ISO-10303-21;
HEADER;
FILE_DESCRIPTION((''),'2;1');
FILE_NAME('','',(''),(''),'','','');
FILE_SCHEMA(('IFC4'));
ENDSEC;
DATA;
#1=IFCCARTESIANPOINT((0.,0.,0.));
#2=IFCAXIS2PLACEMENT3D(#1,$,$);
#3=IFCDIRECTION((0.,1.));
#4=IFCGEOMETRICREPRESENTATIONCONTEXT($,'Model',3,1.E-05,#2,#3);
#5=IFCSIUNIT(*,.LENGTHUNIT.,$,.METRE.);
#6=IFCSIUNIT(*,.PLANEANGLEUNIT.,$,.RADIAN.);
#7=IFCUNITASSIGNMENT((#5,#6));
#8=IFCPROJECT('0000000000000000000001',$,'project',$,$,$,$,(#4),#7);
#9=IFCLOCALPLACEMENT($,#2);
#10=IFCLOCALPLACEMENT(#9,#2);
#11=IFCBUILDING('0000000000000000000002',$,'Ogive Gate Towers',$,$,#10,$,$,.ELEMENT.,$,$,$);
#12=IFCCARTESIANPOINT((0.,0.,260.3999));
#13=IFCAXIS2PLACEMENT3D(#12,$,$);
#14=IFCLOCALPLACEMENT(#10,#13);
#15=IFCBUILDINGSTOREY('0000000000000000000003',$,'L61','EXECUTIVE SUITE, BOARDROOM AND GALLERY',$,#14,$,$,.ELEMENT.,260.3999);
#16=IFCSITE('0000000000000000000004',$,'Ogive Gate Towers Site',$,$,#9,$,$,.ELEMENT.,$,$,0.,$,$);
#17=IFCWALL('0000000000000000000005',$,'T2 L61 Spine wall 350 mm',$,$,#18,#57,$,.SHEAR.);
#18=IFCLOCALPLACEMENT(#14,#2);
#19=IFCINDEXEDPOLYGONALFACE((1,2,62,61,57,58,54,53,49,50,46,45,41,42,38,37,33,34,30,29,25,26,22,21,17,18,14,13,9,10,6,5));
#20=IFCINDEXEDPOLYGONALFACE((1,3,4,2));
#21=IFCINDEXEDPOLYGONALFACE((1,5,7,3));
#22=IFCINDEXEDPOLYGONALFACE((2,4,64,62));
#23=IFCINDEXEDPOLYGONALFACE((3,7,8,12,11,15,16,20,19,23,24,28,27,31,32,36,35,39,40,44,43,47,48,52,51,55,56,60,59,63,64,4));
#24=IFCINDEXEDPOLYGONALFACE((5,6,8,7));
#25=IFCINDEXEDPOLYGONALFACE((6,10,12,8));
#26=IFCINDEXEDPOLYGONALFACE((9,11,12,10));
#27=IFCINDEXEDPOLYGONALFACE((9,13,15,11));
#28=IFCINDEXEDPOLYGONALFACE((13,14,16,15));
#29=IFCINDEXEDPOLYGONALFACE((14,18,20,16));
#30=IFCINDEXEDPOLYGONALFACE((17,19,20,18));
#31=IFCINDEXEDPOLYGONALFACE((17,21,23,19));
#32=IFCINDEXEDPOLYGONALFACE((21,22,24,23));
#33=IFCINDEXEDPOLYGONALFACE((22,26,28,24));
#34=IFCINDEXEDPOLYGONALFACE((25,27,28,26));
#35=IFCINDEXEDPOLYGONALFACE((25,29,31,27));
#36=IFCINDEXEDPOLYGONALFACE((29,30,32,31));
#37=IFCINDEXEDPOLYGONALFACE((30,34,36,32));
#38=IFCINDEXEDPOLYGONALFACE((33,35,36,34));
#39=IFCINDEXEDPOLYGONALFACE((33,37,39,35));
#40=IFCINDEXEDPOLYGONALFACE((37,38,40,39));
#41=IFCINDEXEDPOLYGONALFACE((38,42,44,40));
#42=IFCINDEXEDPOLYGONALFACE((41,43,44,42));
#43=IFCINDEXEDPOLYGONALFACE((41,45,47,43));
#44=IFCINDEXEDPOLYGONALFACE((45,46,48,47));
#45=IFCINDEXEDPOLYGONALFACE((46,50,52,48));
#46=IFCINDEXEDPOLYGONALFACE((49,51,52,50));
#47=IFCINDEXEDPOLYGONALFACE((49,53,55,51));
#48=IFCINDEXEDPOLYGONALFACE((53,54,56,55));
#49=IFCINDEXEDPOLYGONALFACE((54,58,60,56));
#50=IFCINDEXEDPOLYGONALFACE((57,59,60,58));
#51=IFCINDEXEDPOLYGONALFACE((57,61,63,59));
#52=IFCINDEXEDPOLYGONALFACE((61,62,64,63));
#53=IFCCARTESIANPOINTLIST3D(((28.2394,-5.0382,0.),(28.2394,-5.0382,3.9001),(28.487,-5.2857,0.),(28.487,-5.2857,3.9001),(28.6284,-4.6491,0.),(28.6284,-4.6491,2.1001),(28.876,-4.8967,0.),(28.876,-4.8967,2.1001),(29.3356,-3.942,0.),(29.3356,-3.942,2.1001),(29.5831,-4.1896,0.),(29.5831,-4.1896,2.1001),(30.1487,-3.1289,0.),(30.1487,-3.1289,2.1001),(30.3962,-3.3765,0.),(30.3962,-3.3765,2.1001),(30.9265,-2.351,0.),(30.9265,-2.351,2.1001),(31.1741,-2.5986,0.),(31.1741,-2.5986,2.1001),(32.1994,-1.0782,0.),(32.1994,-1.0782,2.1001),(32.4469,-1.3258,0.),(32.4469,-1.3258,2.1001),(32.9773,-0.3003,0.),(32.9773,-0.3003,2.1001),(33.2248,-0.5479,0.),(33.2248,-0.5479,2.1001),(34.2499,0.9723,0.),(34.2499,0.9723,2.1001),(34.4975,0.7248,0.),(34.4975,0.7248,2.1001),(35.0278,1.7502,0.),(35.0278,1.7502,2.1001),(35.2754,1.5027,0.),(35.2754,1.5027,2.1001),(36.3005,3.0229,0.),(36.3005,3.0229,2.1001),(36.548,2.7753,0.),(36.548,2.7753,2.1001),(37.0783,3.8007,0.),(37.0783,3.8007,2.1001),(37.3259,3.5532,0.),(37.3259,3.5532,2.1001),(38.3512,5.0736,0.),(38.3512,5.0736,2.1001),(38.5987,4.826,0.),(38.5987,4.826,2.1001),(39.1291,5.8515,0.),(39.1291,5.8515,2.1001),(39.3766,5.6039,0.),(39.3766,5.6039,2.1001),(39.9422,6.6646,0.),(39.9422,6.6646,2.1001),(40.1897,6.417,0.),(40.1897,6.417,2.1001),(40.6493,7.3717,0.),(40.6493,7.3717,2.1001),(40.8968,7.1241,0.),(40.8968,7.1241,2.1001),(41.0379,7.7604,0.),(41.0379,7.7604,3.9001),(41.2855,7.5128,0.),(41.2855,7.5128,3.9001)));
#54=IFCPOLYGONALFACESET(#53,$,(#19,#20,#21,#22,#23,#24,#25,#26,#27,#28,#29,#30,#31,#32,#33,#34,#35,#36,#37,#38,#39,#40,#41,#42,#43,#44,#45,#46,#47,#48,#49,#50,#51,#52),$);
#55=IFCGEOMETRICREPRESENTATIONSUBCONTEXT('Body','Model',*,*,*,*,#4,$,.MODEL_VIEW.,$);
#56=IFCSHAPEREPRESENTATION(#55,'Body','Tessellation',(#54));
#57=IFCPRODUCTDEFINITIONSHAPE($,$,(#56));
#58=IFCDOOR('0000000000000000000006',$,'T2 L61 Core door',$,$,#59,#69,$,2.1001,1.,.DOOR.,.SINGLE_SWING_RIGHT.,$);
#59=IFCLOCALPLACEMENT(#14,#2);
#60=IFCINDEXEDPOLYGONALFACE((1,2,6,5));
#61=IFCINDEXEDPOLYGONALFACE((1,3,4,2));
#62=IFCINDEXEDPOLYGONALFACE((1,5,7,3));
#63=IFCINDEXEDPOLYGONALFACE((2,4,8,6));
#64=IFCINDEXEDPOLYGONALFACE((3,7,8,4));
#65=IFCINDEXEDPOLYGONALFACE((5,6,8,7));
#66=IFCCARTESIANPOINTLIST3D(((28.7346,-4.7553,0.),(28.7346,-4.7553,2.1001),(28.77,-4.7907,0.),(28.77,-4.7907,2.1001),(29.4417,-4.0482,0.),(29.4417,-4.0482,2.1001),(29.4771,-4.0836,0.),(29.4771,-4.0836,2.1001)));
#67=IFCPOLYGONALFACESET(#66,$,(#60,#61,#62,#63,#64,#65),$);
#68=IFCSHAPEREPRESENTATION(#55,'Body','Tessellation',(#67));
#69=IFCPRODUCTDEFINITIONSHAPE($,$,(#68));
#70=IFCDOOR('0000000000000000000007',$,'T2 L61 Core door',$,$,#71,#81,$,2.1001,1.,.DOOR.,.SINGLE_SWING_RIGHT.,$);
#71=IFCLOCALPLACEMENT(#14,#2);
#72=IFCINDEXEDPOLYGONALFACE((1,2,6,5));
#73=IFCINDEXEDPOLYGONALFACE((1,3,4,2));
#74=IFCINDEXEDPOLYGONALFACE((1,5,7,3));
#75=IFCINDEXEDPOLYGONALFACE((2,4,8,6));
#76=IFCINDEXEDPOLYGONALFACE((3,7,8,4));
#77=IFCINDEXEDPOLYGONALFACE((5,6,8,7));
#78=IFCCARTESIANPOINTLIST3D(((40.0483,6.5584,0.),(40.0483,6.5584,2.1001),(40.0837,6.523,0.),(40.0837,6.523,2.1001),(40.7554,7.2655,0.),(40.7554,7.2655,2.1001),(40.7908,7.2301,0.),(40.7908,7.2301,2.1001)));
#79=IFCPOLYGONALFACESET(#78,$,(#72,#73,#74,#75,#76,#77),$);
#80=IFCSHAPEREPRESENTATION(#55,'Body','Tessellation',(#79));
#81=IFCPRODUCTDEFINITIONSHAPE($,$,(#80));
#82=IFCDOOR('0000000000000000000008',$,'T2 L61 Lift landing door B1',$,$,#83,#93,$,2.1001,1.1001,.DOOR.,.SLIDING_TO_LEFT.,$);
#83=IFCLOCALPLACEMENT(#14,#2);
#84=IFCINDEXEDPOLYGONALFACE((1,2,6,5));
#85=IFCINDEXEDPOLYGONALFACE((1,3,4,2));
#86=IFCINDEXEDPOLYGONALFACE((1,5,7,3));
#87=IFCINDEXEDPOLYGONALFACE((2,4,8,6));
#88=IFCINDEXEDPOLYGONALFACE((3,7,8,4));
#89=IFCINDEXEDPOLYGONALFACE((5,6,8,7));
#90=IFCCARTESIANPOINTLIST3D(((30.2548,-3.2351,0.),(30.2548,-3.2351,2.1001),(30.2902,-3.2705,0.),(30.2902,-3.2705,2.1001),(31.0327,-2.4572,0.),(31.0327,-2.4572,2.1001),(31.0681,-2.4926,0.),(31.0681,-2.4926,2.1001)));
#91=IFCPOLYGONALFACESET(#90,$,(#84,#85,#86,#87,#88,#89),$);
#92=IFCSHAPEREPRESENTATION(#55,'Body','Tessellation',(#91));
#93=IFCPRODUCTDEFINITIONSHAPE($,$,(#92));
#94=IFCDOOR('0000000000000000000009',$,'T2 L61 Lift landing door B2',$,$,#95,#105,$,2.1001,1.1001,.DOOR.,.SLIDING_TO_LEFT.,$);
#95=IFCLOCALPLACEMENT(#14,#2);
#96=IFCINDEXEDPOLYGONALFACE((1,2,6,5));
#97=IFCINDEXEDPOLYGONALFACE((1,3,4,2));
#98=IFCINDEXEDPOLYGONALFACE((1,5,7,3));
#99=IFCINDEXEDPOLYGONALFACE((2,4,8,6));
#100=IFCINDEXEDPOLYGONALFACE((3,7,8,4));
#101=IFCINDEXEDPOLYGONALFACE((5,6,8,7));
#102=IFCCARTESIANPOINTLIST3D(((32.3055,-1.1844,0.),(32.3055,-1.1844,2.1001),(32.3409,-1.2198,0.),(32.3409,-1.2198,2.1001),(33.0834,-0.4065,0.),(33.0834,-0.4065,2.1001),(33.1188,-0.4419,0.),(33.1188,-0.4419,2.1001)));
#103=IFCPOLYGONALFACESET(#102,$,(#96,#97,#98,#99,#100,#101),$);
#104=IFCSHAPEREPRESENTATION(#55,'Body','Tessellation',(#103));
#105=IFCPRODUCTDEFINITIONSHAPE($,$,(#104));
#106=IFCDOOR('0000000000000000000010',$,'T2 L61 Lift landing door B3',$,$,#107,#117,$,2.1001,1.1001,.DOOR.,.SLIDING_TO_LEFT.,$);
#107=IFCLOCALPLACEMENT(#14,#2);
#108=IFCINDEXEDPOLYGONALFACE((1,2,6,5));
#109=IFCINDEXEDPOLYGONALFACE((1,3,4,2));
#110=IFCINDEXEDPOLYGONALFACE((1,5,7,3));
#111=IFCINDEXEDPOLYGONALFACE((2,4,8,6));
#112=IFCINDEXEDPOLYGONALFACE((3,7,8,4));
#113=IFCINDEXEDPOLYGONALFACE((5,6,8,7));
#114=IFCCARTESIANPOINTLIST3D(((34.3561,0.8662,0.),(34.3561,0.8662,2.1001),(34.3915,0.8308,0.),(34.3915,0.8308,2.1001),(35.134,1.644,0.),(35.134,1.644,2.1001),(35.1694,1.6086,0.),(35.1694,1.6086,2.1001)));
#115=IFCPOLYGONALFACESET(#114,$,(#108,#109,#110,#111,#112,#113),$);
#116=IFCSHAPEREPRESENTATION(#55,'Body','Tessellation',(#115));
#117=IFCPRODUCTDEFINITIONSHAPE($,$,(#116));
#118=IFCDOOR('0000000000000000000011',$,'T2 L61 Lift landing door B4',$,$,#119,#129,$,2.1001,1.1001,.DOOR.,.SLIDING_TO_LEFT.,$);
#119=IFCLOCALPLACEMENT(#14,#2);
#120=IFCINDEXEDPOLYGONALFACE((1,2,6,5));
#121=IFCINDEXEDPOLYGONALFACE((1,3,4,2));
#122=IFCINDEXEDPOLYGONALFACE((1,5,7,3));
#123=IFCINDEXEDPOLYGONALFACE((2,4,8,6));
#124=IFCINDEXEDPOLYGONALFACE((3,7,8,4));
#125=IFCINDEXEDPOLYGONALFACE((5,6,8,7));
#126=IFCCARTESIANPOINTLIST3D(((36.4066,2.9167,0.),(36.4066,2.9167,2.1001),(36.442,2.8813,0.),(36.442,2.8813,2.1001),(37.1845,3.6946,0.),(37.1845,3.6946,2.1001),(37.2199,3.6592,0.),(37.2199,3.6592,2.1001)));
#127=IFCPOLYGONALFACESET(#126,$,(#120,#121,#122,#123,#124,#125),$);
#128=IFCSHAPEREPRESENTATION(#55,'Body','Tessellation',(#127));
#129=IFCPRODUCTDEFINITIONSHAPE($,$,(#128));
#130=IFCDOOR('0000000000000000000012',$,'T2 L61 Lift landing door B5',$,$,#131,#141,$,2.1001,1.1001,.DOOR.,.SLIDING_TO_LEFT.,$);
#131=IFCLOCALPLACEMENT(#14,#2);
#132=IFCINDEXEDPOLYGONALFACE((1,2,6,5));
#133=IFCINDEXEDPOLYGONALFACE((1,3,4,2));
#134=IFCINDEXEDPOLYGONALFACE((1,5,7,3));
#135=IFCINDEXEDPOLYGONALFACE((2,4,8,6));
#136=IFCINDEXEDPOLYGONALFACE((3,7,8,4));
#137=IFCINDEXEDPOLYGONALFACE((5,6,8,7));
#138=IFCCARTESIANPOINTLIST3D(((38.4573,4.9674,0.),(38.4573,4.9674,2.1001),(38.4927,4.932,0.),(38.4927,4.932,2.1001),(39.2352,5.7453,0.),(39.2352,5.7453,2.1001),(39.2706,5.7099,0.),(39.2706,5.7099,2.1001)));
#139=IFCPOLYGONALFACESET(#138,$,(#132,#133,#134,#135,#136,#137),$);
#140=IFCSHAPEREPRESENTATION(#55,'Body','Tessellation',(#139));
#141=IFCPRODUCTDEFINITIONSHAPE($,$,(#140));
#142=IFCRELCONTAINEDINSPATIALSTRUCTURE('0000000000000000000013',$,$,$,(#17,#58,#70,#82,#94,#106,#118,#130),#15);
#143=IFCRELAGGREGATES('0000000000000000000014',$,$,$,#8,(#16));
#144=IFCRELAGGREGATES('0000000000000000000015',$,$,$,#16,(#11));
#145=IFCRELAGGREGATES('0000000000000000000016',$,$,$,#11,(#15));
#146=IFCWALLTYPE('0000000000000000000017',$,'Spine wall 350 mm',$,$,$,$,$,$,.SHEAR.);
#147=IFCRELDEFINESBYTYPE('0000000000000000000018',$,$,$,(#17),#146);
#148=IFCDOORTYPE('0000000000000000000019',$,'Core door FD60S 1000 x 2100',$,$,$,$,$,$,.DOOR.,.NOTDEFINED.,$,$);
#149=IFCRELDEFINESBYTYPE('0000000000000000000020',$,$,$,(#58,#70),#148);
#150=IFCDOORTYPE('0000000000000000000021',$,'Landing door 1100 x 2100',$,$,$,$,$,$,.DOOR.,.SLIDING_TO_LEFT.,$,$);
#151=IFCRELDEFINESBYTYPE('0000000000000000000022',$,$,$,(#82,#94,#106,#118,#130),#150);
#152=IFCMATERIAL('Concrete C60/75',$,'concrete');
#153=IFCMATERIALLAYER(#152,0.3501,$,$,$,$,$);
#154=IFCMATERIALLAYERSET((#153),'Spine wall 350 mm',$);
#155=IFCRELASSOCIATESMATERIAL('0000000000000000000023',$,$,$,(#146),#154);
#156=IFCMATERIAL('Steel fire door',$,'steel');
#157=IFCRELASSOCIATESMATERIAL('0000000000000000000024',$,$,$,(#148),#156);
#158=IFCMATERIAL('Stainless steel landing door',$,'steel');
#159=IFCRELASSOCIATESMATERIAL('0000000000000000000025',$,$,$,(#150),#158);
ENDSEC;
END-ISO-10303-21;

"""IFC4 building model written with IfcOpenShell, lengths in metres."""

from ifc_helpers import new_model, si_unit, direction, frame, frame_2d, origin, place, context, subcontext, project, spatial, rectangle, extrude, material, layer, layer_set, type_object, element, fill, save


model = new_model("IFC4")

# Units and contexts
model_context = context("Model", 3, precision=1e-05, world=origin(), true_north=direction((0.0, 1.0)))
body_context = subcontext(model_context, "Body", "Model", "MODEL_VIEW")
ifc_project = project(units=[si_unit("LENGTHUNIT", "METRE"), si_unit("PLANEANGLEUNIT", "RADIAN")], contexts=[model_context])

# Site, building, storey
site_placement = place(None, origin())
site = spatial("IfcSite", under=ifc_project, at=site_placement, Name="Ogive Gate Towers Site", CompositionType="ELEMENT", RefElevation=0.0)
building_placement = place(site_placement, origin())
building = spatial("IfcBuilding", under=site, at=building_placement, Name="Ogive Gate Towers", CompositionType="ELEMENT")
storey_placement = place(building_placement, frame((0.0, 0.0, 260.3999)))
storey = spatial("IfcBuildingStorey", under=building, at=storey_placement, Name="L61", Description="EXECUTIVE SUITE, BOARDROOM AND GALLERY", CompositionType="ELEMENT", Elevation=260.3999)

# Shared definitions
ifc_material_1 = material(Name="Concrete C60/75", Category="concrete")

# Wall, openings, doors
ifc_layer_1 = layer(ifc_material_1, 0.3501)
ifc_layer_set_1 = layer_set([ifc_layer_1], Name="Spine wall 350 mm")
wall_type_1 = type_object("IfcWallType", Name="Spine wall 350 mm", PredefinedType="SHEAR", material=ifc_layer_set_1)
ifc_material_2 = material(Name="Steel fire door", Category="steel")
door_type_1 = type_object("IfcDoorType", Name="Core door FD60S 1000 x 2100", OperationType="NOTDEFINED", PredefinedType="DOOR", material=ifc_material_2)
ifc_material_3 = material(Name="Stainless steel landing door", Category="steel")
door_type_2 = type_object("IfcDoorType", Name="Landing door 1100 x 2100", OperationType="SLIDING_TO_LEFT", PredefinedType="DOOR", material=ifc_material_3)
wall_1_placement = place(storey_placement, frame((28.3633, -5.1619, 0.0), z_axis=(0.0, 0.0, 1.0), x_axis=(0.707107, 0.707107, 0.0)))
wall_1 = element("IfcWall", 1, at=wall_1_placement, inside=storey, type_object=wall_type_1, Name="T2 L61 Spine wall 350 mm", PredefinedType="SHEAR", context=body_context, shape_type="SweptSolid", body=[
    extrude(rectangle(XDim=18.0999, YDim=0.3501, at=frame_2d((9.0498, 0.0))), origin(), (0.0, 0.0, 1.0), 3.9001),
])
opening_1_placement = place(wall_1_placement, frame((0.55, 0.0, 0.0)))
opening_1 = element("IfcOpeningElement", 2, at=opening_1_placement, cuts=wall_1, PredefinedType="OPENING", context=body_context, shape_type="SweptSolid", body=[
    extrude(rectangle(XDim=1.0, YDim=2.1001, at=frame_2d((0.5, 1.05))), frame((0.0, 0.1851, 0.0), z_axis=(0.0, -1.0, 0.0), x_axis=(1.0, 0.0, 0.0)), (0.0, 0.0, 1.0), 0.3701),
])
opening_2_placement = place(wall_1_placement, frame((2.7, 0.0, 0.0)))
opening_2 = element("IfcOpeningElement", 3, at=opening_2_placement, cuts=wall_1, PredefinedType="OPENING", context=body_context, shape_type="SweptSolid", body=[
    extrude(rectangle(XDim=1.1001, YDim=2.1001, at=frame_2d((0.55, 1.05))), frame((0.0, 0.1851, 0.0), z_axis=(0.0, -1.0, 0.0), x_axis=(1.0, 0.0, 0.0)), (0.0, 0.0, 1.0), 0.3701),
])
opening_3_placement = place(wall_1_placement, frame((5.6001, 0.0, 0.0)))
opening_3 = element("IfcOpeningElement", 4, at=opening_3_placement, cuts=wall_1, PredefinedType="OPENING", context=body_context, shape_type="SweptSolid", body=[
    extrude(rectangle(XDim=1.1001, YDim=2.1001, at=frame_2d((0.55, 1.05))), frame((0.0, 0.1851, 0.0), z_axis=(0.0, -1.0, 0.0), x_axis=(1.0, 0.0, 0.0)), (0.0, 0.0, 1.0), 0.3701),
])
opening_4_placement = place(wall_1_placement, frame((8.5, 0.0, 0.0)))
opening_4 = element("IfcOpeningElement", 5, at=opening_4_placement, cuts=wall_1, PredefinedType="OPENING", context=body_context, shape_type="SweptSolid", body=[
    extrude(rectangle(XDim=1.1001, YDim=2.1001, at=frame_2d((0.55, 1.05))), frame((0.0, 0.1851, 0.0), z_axis=(0.0, -1.0, 0.0), x_axis=(1.0, 0.0, 0.0)), (0.0, 0.0, 1.0), 0.3701),
])
opening_5_placement = place(wall_1_placement, frame((11.3999, 0.0, 0.0)))
opening_5 = element("IfcOpeningElement", 6, at=opening_5_placement, cuts=wall_1, PredefinedType="OPENING", context=body_context, shape_type="SweptSolid", body=[
    extrude(rectangle(XDim=1.1001, YDim=2.1001, at=frame_2d((0.55, 1.05))), frame((0.0, 0.1851, 0.0), z_axis=(0.0, -1.0, 0.0), x_axis=(1.0, 0.0, 0.0)), (0.0, 0.0, 1.0), 0.3701),
])
opening_6_placement = place(wall_1_placement, frame((14.3, 0.0, 0.0)))
opening_6 = element("IfcOpeningElement", 7, at=opening_6_placement, cuts=wall_1, PredefinedType="OPENING", context=body_context, shape_type="SweptSolid", body=[
    extrude(rectangle(XDim=1.1001, YDim=2.1001, at=frame_2d((0.55, 1.05))), frame((0.0, 0.1851, 0.0), z_axis=(0.0, -1.0, 0.0), x_axis=(1.0, 0.0, 0.0)), (0.0, 0.0, 1.0), 0.3701),
])
opening_7_placement = place(wall_1_placement, frame((16.55, 0.0, 0.0)))
opening_7 = element("IfcOpeningElement", 8, at=opening_7_placement, cuts=wall_1, PredefinedType="OPENING", context=body_context, shape_type="SweptSolid", body=[
    extrude(rectangle(XDim=1.0, YDim=2.1001, at=frame_2d((0.5, 1.05))), frame((0.0, 0.1851, 0.0), z_axis=(0.0, -1.0, 0.0), x_axis=(1.0, 0.0, 0.0)), (0.0, 0.0, 1.0), 0.3701),
])
door_1_placement = place(opening_1_placement, origin())
door_1 = element("IfcDoor", 9, at=door_1_placement, inside=storey, type_object=door_type_1, Name="T2 L61 Core door", OperationType="SINGLE_SWING_RIGHT", OverallHeight=2.1001, OverallWidth=1.0, PredefinedType="DOOR", context=body_context, shape_type="SweptSolid", body=[
    extrude(rectangle(XDim=1.0, YDim=2.1001, at=frame_2d((0.5, 1.05))), frame((0.0, 0.0249, 0.0), z_axis=(0.0, -1.0, 0.0), x_axis=(1.0, 0.0, 0.0)), (0.0, 0.0, 1.0), 0.05),
])
fill(opening_1, door_1)
door_2_placement = place(opening_7_placement, origin())
door_2 = element("IfcDoor", 10, at=door_2_placement, inside=storey, type_object=door_type_1, Name="T2 L61 Core door", OperationType="SINGLE_SWING_RIGHT", OverallHeight=2.1001, OverallWidth=1.0, PredefinedType="DOOR", context=body_context, shape_type="SweptSolid", body=[
    extrude(rectangle(XDim=1.0, YDim=2.1001, at=frame_2d((0.5, 1.05))), frame((0.0, 0.0249, 0.0), z_axis=(0.0, -1.0, 0.0), x_axis=(1.0, 0.0, 0.0)), (0.0, 0.0, 1.0), 0.05),
])
fill(opening_7, door_2)
door_3_placement = place(opening_2_placement, origin())
door_3 = element("IfcDoor", 11, at=door_3_placement, inside=storey, type_object=door_type_2, Name="T2 L61 Lift landing door B1", OperationType="SLIDING_TO_LEFT", OverallHeight=2.1001, OverallWidth=1.1001, PredefinedType="DOOR", context=body_context, shape_type="SweptSolid", body=[
    extrude(rectangle(XDim=1.1001, YDim=2.1001, at=frame_2d((0.55, 1.05))), frame((0.0, 0.0249, 0.0), z_axis=(0.0, -1.0, 0.0), x_axis=(1.0, 0.0, 0.0)), (0.0, 0.0, 1.0), 0.05),
])
fill(opening_2, door_3)
door_4_placement = place(opening_3_placement, origin())
door_4 = element("IfcDoor", 12, at=door_4_placement, inside=storey, type_object=door_type_2, Name="T2 L61 Lift landing door B2", OperationType="SLIDING_TO_LEFT", OverallHeight=2.1001, OverallWidth=1.1001, PredefinedType="DOOR", context=body_context, shape_type="SweptSolid", body=[
    extrude(rectangle(XDim=1.1001, YDim=2.1001, at=frame_2d((0.55, 1.05))), frame((0.0, 0.0249, 0.0), z_axis=(0.0, -1.0, 0.0), x_axis=(1.0, 0.0, 0.0)), (0.0, 0.0, 1.0), 0.05),
])
fill(opening_3, door_4)
door_5_placement = place(opening_4_placement, origin())
door_5 = element("IfcDoor", 13, at=door_5_placement, inside=storey, type_object=door_type_2, Name="T2 L61 Lift landing door B3", OperationType="SLIDING_TO_LEFT", OverallHeight=2.1001, OverallWidth=1.1001, PredefinedType="DOOR", context=body_context, shape_type="SweptSolid", body=[
    extrude(rectangle(XDim=1.1001, YDim=2.1001, at=frame_2d((0.55, 1.05))), frame((0.0, 0.0249, 0.0), z_axis=(0.0, -1.0, 0.0), x_axis=(1.0, 0.0, 0.0)), (0.0, 0.0, 1.0), 0.05),
])
fill(opening_4, door_5)
door_6_placement = place(opening_5_placement, origin())
door_6 = element("IfcDoor", 14, at=door_6_placement, inside=storey, type_object=door_type_2, Name="T2 L61 Lift landing door B4", OperationType="SLIDING_TO_LEFT", OverallHeight=2.1001, OverallWidth=1.1001, PredefinedType="DOOR", context=body_context, shape_type="SweptSolid", body=[
    extrude(rectangle(XDim=1.1001, YDim=2.1001, at=frame_2d((0.55, 1.05))), frame((0.0, 0.0249, 0.0), z_axis=(0.0, -1.0, 0.0), x_axis=(1.0, 0.0, 0.0)), (0.0, 0.0, 1.0), 0.05),
])
fill(opening_5, door_6)
door_7_placement = place(opening_6_placement, origin())
door_7 = element("IfcDoor", 15, at=door_7_placement, inside=storey, type_object=door_type_2, Name="T2 L61 Lift landing door B5", OperationType="SLIDING_TO_LEFT", OverallHeight=2.1001, OverallWidth=1.1001, PredefinedType="DOOR", context=body_context, shape_type="SweptSolid", body=[
    extrude(rectangle(XDim=1.1001, YDim=2.1001, at=frame_2d((0.55, 1.05))), frame((0.0, 0.0249, 0.0), z_axis=(0.0, -1.0, 0.0), x_axis=(1.0, 0.0, 0.0)), (0.0, 0.0, 1.0), 0.05),
])
fill(opening_6, door_7)

save(model, "model.ifc")
